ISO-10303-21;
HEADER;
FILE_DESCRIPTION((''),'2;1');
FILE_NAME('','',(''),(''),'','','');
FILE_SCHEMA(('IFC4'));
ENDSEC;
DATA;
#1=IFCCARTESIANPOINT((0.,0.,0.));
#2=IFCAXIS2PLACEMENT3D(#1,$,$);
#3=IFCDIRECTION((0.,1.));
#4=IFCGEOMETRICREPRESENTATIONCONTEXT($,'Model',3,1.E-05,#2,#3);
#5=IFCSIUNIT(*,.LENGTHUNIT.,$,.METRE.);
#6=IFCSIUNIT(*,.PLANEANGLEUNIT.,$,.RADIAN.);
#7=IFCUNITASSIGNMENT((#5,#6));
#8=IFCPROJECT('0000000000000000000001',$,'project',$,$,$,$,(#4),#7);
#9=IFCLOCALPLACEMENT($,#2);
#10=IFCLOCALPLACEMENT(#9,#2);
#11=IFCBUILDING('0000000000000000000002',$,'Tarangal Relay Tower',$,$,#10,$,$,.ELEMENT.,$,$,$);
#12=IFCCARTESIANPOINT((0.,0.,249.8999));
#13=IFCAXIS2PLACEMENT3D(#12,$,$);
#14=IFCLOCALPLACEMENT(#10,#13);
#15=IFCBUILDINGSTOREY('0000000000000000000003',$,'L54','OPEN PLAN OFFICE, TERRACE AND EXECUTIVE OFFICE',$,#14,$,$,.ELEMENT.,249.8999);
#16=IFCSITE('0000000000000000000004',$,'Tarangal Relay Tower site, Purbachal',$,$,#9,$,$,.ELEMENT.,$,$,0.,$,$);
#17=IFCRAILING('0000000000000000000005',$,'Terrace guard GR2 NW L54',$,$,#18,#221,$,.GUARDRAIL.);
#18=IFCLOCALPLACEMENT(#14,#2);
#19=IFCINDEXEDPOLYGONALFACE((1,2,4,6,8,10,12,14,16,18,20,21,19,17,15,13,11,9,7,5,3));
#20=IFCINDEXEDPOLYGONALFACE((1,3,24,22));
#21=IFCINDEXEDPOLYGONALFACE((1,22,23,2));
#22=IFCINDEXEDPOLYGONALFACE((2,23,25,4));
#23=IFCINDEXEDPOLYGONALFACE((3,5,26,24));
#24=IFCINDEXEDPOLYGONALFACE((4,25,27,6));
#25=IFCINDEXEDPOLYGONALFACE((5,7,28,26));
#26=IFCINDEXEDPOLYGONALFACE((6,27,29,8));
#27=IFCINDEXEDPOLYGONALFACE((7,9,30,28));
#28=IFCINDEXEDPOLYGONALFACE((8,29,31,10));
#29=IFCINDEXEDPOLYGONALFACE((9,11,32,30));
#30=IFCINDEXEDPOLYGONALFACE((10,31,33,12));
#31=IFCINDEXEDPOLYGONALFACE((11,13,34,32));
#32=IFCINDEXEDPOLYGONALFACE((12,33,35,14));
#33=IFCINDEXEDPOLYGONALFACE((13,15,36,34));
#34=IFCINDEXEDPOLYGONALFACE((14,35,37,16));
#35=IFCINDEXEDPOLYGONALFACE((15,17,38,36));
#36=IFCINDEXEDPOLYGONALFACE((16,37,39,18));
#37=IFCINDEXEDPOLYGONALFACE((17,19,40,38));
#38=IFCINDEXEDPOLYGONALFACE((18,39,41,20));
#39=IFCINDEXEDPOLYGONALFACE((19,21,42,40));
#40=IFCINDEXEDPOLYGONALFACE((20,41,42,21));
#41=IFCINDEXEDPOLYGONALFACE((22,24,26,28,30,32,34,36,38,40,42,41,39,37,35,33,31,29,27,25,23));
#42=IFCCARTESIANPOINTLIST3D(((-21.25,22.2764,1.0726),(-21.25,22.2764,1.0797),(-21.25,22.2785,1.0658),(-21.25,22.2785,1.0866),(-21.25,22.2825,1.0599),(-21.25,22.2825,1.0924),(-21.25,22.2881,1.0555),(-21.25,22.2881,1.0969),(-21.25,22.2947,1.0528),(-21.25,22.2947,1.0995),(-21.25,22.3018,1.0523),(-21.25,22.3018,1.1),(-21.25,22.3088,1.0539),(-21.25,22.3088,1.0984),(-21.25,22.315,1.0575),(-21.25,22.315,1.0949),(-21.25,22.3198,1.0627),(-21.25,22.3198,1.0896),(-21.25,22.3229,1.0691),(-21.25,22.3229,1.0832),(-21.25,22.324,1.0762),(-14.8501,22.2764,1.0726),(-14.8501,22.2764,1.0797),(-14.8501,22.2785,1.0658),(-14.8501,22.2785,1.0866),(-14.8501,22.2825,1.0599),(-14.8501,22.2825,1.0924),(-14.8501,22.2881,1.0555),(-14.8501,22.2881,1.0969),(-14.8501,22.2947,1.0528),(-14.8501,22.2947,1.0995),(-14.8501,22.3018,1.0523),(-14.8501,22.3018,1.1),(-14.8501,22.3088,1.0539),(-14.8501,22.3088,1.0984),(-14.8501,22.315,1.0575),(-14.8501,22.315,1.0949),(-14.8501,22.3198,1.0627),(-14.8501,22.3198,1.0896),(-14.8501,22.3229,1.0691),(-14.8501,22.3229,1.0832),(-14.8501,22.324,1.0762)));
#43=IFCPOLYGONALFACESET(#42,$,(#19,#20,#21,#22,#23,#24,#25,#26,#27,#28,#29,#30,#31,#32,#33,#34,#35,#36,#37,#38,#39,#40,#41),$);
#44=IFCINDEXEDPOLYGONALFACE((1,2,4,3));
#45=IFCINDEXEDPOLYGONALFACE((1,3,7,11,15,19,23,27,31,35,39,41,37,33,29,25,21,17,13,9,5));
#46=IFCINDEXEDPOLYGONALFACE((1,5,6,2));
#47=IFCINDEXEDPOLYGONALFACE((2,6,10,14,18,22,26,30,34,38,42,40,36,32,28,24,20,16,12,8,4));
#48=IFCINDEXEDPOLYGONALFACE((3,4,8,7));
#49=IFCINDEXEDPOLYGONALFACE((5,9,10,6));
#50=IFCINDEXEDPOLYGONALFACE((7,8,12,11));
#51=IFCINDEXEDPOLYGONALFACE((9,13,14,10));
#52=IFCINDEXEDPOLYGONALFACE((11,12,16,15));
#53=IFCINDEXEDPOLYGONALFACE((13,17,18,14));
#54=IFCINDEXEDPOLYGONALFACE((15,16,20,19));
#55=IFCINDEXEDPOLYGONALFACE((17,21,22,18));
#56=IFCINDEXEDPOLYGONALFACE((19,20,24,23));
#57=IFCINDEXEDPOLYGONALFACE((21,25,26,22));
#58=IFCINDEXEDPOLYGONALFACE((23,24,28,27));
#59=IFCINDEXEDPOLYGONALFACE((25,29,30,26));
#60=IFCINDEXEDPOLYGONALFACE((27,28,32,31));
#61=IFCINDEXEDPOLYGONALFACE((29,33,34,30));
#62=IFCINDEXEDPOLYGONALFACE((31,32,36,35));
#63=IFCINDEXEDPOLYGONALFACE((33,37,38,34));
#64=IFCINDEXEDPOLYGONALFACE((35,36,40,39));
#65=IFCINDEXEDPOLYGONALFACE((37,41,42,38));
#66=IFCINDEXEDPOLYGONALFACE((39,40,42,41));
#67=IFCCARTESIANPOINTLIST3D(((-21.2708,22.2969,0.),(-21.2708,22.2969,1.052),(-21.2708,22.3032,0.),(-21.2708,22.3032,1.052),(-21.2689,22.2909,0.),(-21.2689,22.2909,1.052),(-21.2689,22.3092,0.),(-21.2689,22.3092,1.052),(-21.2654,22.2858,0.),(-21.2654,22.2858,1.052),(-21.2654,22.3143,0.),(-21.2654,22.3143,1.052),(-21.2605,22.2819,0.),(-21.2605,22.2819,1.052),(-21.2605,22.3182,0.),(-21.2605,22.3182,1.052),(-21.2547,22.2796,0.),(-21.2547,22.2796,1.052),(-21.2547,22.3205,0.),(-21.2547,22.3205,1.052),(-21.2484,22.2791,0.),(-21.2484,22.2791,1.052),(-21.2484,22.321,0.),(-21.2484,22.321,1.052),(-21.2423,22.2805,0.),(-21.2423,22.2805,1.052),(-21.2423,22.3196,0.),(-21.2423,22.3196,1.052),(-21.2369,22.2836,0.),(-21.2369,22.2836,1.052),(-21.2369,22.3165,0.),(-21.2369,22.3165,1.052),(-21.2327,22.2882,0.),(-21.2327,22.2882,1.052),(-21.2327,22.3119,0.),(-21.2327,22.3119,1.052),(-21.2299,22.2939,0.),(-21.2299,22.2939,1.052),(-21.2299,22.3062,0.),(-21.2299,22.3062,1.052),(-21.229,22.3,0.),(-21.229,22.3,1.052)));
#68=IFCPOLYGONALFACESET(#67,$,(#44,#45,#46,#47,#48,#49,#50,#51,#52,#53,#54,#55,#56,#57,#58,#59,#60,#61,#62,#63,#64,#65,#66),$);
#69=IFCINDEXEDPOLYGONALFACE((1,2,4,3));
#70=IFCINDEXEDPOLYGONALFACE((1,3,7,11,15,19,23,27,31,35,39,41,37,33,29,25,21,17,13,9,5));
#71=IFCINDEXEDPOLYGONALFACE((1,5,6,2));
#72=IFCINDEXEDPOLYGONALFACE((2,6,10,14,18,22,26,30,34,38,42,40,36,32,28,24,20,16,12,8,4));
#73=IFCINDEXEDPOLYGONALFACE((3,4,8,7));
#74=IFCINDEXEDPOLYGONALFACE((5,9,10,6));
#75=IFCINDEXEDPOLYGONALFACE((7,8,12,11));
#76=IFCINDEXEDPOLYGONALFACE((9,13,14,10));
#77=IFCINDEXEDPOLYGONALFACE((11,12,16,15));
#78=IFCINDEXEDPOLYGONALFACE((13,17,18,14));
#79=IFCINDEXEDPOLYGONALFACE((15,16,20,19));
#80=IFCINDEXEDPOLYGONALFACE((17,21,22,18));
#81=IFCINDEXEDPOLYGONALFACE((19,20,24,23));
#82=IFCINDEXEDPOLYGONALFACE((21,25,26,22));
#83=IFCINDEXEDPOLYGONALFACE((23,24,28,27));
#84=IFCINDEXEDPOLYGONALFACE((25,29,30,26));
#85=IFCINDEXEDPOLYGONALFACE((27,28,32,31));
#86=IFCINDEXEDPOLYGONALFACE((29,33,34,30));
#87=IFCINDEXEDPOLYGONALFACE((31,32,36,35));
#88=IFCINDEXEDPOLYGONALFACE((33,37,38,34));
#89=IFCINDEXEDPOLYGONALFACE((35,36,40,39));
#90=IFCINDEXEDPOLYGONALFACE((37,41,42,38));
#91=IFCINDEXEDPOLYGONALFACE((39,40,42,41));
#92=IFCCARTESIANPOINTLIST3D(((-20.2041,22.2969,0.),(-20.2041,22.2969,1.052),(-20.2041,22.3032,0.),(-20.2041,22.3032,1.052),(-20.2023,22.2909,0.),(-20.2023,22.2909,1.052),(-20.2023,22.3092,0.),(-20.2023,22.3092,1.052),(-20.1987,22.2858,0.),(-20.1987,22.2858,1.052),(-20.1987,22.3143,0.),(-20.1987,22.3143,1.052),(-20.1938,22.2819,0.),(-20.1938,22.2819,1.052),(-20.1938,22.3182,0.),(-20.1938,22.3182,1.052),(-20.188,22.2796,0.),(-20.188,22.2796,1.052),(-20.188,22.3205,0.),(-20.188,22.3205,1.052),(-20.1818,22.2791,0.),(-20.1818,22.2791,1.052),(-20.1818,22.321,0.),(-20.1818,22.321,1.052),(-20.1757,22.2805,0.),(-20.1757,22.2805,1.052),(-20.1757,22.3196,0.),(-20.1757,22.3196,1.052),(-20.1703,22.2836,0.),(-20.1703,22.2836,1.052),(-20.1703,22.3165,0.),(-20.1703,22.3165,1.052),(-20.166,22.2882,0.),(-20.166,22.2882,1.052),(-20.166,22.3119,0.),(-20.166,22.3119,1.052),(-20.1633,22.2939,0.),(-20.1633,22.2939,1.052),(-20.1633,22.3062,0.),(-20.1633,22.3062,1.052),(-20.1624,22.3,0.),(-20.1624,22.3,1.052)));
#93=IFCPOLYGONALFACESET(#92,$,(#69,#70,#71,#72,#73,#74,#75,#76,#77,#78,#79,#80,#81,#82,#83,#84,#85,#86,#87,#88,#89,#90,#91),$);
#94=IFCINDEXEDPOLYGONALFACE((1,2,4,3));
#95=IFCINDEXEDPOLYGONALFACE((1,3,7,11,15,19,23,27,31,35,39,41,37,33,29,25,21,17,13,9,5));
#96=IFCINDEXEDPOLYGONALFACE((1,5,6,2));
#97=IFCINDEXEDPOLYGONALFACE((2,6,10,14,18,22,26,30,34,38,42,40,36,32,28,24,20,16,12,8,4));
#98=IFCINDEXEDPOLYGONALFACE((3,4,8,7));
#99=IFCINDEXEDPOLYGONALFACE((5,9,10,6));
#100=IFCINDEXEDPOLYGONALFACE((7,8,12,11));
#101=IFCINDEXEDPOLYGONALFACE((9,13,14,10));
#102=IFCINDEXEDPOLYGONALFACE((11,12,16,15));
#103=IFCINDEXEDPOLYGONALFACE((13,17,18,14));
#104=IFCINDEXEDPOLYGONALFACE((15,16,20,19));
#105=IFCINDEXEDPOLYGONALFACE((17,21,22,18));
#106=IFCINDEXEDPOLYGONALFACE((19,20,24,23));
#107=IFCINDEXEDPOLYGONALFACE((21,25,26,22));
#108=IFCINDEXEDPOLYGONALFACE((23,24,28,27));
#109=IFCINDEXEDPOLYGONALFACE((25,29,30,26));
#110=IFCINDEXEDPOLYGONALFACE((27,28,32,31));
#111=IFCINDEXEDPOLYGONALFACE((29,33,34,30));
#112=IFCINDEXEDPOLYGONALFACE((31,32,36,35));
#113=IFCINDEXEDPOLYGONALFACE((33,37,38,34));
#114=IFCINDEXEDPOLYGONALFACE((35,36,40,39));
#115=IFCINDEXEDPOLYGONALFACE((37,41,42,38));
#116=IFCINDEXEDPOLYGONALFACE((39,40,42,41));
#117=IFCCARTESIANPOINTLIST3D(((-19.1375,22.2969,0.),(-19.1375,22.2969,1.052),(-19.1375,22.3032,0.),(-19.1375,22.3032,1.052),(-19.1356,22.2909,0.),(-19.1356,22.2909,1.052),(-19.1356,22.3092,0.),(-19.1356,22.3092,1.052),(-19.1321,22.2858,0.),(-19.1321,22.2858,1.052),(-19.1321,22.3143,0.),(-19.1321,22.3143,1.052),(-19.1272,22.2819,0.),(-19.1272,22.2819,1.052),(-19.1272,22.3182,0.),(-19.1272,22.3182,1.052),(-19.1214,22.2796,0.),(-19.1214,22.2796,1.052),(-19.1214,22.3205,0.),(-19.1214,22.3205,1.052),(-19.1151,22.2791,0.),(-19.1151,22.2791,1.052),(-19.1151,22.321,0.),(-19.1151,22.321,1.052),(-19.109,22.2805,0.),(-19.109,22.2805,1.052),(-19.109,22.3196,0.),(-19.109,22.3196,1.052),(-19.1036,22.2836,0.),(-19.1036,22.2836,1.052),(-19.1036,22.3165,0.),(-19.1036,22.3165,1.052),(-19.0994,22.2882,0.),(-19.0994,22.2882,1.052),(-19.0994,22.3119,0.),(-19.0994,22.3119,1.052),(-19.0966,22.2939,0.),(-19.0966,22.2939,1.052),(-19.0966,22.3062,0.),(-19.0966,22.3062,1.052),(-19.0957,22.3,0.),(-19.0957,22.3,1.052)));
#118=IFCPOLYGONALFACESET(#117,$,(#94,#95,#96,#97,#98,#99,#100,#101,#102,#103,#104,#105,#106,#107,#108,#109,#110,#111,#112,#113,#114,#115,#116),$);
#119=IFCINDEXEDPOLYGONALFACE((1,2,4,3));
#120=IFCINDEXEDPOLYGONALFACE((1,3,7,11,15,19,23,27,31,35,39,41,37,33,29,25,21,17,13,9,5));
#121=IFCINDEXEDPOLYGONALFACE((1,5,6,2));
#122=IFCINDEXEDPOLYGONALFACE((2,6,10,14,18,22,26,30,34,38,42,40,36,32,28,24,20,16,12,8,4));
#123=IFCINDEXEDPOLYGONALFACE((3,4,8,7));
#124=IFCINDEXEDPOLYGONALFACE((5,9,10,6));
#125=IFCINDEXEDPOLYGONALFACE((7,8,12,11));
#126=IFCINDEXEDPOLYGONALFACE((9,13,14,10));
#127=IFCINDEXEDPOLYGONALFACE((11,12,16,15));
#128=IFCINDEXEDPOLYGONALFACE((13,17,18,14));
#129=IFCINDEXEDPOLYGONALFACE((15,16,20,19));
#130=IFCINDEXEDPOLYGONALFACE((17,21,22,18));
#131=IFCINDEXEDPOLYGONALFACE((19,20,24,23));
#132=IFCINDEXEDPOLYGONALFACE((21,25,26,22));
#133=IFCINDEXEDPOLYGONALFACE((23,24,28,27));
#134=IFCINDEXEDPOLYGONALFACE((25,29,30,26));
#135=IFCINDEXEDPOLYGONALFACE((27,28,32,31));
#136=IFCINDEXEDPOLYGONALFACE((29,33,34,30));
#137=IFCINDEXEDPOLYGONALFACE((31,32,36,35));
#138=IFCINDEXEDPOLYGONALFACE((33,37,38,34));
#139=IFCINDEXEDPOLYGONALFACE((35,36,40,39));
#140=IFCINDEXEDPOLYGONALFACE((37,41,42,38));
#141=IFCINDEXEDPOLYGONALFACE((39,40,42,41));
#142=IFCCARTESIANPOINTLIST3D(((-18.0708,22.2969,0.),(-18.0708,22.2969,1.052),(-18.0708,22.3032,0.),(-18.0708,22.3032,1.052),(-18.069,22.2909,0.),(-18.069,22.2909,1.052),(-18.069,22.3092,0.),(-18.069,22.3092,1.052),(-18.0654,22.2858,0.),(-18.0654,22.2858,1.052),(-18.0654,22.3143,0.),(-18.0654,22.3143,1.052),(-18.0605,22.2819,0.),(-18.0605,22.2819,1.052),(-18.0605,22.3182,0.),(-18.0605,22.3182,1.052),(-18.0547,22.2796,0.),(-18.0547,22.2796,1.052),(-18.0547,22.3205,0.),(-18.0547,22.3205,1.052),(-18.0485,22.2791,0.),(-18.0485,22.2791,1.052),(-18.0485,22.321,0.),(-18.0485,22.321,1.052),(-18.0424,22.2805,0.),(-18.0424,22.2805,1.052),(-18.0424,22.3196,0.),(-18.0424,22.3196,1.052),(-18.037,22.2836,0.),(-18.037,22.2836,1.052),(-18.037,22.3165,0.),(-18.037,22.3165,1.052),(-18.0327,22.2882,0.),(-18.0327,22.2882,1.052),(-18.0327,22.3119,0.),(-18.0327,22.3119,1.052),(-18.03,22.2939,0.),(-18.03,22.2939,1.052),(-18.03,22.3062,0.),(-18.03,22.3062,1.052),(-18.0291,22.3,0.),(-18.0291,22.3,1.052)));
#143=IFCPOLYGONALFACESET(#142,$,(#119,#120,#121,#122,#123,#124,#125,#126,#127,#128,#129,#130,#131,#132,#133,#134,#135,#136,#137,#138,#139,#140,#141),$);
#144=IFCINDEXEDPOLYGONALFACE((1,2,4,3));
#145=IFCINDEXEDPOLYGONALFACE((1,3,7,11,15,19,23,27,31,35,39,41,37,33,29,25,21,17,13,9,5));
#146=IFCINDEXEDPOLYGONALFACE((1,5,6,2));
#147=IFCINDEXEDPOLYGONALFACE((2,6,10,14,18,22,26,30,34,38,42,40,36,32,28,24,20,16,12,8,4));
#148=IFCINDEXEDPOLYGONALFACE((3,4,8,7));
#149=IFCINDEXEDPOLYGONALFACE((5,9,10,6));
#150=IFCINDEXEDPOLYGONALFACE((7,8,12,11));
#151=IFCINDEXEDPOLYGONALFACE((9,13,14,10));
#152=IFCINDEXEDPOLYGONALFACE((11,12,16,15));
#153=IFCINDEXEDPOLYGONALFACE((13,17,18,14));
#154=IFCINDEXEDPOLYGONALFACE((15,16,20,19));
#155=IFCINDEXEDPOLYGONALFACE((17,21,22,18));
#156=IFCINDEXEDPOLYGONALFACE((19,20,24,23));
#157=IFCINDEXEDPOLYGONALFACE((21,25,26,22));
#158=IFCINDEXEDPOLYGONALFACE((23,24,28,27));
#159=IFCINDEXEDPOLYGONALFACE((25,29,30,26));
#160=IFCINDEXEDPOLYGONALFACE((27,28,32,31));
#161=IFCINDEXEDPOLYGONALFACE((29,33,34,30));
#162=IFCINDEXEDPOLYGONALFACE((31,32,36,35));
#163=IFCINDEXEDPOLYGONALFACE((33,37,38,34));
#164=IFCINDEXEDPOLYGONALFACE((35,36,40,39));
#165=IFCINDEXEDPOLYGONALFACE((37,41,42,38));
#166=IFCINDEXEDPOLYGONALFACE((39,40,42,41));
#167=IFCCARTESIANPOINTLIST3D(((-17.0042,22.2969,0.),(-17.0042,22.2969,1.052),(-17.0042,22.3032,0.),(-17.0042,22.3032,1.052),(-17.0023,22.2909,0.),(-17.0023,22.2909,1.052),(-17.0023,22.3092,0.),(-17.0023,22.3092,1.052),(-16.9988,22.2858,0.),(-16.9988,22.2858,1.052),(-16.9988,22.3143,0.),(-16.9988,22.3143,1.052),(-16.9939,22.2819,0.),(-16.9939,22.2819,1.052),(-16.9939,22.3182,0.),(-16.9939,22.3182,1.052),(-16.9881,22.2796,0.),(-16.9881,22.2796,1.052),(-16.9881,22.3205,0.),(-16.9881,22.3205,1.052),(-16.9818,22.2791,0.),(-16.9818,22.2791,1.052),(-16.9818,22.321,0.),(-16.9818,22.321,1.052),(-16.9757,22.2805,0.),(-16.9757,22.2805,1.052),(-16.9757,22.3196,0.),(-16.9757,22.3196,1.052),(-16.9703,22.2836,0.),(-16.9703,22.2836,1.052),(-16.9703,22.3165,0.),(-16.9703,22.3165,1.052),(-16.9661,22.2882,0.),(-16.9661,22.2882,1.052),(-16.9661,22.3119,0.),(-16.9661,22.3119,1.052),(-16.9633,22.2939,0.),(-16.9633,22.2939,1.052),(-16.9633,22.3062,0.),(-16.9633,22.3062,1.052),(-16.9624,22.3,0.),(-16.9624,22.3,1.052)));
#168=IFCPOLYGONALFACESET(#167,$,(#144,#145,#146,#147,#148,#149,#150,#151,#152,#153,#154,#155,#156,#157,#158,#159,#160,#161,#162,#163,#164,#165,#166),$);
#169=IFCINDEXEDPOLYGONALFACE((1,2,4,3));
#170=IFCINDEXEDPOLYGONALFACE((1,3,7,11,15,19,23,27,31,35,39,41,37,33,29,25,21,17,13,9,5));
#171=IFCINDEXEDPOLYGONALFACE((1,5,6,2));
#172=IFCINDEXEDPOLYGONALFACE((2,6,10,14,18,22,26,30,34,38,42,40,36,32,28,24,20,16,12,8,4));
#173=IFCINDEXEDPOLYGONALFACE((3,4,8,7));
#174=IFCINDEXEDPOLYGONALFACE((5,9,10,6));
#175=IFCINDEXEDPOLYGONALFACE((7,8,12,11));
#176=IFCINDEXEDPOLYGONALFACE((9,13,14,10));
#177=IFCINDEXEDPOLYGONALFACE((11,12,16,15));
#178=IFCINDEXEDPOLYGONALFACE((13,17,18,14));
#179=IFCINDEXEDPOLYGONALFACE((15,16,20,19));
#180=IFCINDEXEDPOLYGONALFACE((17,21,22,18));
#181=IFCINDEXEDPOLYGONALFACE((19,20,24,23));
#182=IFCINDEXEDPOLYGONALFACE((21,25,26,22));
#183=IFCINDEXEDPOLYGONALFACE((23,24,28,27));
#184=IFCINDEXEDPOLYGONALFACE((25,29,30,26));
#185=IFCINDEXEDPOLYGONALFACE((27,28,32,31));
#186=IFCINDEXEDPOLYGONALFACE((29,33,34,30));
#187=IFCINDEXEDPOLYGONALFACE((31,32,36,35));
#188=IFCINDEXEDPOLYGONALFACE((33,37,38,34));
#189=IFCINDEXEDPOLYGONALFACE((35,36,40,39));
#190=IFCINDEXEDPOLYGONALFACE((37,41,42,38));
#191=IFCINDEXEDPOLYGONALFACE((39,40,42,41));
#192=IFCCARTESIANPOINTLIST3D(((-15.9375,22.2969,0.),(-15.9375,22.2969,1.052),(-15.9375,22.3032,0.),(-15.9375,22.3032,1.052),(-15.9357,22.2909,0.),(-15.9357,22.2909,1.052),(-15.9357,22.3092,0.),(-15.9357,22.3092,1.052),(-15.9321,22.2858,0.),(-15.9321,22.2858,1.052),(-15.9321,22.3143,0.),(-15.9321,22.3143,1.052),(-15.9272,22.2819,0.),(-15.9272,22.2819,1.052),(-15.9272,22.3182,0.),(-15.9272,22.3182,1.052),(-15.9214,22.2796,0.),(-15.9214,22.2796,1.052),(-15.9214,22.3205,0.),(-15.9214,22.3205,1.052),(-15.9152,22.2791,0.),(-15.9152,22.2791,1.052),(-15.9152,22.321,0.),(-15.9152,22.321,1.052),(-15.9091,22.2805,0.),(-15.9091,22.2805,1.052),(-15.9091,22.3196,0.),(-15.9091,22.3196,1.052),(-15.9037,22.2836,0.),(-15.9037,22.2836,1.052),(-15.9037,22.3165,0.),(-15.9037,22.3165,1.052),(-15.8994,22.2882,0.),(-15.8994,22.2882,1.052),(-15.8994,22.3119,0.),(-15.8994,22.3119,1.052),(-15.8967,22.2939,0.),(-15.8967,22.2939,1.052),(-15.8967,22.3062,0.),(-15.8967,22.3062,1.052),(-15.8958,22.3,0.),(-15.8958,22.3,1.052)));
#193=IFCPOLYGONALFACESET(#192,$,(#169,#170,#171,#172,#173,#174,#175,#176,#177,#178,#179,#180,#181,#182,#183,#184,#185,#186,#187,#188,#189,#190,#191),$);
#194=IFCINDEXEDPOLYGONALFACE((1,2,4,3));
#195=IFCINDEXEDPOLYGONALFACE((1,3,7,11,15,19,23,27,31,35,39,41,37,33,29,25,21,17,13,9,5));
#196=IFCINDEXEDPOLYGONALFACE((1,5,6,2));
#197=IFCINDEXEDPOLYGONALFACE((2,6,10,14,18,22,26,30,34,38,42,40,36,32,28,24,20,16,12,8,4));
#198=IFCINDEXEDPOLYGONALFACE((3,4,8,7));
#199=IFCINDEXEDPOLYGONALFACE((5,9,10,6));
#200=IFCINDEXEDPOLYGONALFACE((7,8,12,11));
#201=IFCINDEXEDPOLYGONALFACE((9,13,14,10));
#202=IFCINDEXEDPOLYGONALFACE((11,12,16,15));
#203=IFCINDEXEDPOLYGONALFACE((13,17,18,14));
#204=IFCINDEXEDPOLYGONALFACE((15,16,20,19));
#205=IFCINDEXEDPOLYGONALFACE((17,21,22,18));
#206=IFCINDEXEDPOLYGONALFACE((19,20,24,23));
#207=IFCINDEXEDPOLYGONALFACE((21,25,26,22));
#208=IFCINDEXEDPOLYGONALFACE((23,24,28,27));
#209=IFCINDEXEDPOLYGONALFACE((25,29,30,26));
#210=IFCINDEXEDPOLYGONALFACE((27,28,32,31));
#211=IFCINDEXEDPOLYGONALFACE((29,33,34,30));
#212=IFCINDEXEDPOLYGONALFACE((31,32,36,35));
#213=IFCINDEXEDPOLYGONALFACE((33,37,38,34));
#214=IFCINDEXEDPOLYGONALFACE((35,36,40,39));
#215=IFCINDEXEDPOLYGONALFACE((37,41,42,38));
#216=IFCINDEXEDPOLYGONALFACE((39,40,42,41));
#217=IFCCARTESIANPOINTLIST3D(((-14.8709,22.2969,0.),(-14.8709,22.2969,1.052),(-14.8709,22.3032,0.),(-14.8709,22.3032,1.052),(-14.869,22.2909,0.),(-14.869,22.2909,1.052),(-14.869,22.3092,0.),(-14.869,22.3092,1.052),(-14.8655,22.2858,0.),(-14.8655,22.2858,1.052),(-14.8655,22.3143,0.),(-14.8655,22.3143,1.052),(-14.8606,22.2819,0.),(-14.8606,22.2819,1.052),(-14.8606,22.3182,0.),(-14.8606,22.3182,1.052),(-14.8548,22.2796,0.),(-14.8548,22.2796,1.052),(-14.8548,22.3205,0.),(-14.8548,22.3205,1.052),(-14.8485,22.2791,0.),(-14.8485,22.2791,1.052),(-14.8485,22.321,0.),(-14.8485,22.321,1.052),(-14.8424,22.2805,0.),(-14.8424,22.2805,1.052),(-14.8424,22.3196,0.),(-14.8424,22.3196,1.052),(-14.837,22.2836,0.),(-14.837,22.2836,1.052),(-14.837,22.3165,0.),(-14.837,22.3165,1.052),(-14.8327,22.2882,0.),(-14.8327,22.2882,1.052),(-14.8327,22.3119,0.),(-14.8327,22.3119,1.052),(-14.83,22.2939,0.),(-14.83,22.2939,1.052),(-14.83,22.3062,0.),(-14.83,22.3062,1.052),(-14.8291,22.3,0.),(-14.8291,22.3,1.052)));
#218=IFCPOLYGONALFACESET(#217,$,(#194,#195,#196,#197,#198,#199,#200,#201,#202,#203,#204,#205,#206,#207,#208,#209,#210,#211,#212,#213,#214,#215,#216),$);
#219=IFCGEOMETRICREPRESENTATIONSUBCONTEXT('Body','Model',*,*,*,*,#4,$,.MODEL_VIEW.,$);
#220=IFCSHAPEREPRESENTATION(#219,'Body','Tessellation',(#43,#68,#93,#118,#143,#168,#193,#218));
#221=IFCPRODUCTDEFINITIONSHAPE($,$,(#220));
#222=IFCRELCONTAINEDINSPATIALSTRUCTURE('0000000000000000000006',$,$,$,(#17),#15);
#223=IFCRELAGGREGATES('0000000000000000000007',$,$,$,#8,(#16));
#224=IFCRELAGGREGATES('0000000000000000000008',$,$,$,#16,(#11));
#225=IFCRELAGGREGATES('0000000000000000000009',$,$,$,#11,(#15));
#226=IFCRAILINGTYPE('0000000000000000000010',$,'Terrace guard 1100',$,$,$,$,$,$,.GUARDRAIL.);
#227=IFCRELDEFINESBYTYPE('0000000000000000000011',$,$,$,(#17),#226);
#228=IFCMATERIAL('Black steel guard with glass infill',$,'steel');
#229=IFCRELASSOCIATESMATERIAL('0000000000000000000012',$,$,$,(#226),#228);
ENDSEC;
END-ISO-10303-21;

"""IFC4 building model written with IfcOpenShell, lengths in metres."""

from ifc_helpers import new_model, si_unit, direction, frame, origin, origin_2d, place, context, subcontext, project, spatial, circle, extrude, material, type_object, element, save


model = new_model("IFC4")

# Units and contexts
model_context = context("Model", 3, precision=1e-05, world=origin(), true_north=direction((0.0, 1.0)))
body_context = subcontext(model_context, "Body", "Model", "MODEL_VIEW")
ifc_project = project(units=[si_unit("LENGTHUNIT", "METRE"), si_unit("PLANEANGLEUNIT", "RADIAN")], contexts=[model_context])

# Site, building, storey
site_placement = place(None, origin())
site = spatial("IfcSite", under=ifc_project, at=site_placement, Name="Tarangal Relay Tower site, Purbachal", CompositionType="ELEMENT", RefElevation=0.0)
building_placement = place(site_placement, origin())
building = spatial("IfcBuilding", under=site, at=building_placement, Name="Tarangal Relay Tower", CompositionType="ELEMENT")
storey_placement = place(building_placement, frame((0.0, 0.0, 249.8999)))
storey = spatial("IfcBuildingStorey", under=building, at=storey_placement, Name="L54", Description="OPEN PLAN OFFICE, TERRACE AND EXECUTIVE OFFICE", CompositionType="ELEMENT", Elevation=249.8999)

# Railing
ifc_material_1 = material(Name="Black steel guard with glass infill", Category="steel")
railing_type = type_object("IfcRailingType", Name="Terrace guard 1100", PredefinedType="GUARDRAIL", material=ifc_material_1)
railing_placement = place(storey_placement, frame((-21.25, 22.3, 0.0)))
element("IfcRailing", 1, at=railing_placement, inside=storey, type_object=railing_type, Name="Terrace guard GR2 NW L54", PredefinedType="GUARDRAIL", context=body_context, shape_type="SweptSolid", body=[
    extrude(circle(Radius=0.0239, at=origin_2d()), frame((0.0, 0.0, 1.0762), z_axis=(1.0, 0.0, 0.0), x_axis=(0.0, 1.0, 0.0)), (0.0, 0.0, 1.0), 6.3999),
    extrude(circle(Radius=0.021, at=origin_2d()), origin(), (0.0, 0.0, 1.0), 1.052),
    extrude(circle(Radius=0.021, at=origin_2d()), frame((1.0667, 0.0, 0.0)), (0.0, 0.0, 1.0), 1.052),
    extrude(circle(Radius=0.021, at=origin_2d()), frame((2.1333, 0.0, 0.0)), (0.0, 0.0, 1.0), 1.052),
    extrude(circle(Radius=0.021, at=origin_2d()), frame((3.2, 0.0, 0.0)), (0.0, 0.0, 1.0), 1.052),
    extrude(circle(Radius=0.021, at=origin_2d()), frame((4.2666, 0.0, 0.0)), (0.0, 0.0, 1.0), 1.052),
    extrude(circle(Radius=0.021, at=origin_2d()), frame((5.3333, 0.0, 0.0)), (0.0, 0.0, 1.0), 1.052),
    extrude(circle(Radius=0.021, at=origin_2d()), frame((6.3999, 0.0, 0.0)), (0.0, 0.0, 1.0), 1.052),
])

save(model, "model.ifc")
